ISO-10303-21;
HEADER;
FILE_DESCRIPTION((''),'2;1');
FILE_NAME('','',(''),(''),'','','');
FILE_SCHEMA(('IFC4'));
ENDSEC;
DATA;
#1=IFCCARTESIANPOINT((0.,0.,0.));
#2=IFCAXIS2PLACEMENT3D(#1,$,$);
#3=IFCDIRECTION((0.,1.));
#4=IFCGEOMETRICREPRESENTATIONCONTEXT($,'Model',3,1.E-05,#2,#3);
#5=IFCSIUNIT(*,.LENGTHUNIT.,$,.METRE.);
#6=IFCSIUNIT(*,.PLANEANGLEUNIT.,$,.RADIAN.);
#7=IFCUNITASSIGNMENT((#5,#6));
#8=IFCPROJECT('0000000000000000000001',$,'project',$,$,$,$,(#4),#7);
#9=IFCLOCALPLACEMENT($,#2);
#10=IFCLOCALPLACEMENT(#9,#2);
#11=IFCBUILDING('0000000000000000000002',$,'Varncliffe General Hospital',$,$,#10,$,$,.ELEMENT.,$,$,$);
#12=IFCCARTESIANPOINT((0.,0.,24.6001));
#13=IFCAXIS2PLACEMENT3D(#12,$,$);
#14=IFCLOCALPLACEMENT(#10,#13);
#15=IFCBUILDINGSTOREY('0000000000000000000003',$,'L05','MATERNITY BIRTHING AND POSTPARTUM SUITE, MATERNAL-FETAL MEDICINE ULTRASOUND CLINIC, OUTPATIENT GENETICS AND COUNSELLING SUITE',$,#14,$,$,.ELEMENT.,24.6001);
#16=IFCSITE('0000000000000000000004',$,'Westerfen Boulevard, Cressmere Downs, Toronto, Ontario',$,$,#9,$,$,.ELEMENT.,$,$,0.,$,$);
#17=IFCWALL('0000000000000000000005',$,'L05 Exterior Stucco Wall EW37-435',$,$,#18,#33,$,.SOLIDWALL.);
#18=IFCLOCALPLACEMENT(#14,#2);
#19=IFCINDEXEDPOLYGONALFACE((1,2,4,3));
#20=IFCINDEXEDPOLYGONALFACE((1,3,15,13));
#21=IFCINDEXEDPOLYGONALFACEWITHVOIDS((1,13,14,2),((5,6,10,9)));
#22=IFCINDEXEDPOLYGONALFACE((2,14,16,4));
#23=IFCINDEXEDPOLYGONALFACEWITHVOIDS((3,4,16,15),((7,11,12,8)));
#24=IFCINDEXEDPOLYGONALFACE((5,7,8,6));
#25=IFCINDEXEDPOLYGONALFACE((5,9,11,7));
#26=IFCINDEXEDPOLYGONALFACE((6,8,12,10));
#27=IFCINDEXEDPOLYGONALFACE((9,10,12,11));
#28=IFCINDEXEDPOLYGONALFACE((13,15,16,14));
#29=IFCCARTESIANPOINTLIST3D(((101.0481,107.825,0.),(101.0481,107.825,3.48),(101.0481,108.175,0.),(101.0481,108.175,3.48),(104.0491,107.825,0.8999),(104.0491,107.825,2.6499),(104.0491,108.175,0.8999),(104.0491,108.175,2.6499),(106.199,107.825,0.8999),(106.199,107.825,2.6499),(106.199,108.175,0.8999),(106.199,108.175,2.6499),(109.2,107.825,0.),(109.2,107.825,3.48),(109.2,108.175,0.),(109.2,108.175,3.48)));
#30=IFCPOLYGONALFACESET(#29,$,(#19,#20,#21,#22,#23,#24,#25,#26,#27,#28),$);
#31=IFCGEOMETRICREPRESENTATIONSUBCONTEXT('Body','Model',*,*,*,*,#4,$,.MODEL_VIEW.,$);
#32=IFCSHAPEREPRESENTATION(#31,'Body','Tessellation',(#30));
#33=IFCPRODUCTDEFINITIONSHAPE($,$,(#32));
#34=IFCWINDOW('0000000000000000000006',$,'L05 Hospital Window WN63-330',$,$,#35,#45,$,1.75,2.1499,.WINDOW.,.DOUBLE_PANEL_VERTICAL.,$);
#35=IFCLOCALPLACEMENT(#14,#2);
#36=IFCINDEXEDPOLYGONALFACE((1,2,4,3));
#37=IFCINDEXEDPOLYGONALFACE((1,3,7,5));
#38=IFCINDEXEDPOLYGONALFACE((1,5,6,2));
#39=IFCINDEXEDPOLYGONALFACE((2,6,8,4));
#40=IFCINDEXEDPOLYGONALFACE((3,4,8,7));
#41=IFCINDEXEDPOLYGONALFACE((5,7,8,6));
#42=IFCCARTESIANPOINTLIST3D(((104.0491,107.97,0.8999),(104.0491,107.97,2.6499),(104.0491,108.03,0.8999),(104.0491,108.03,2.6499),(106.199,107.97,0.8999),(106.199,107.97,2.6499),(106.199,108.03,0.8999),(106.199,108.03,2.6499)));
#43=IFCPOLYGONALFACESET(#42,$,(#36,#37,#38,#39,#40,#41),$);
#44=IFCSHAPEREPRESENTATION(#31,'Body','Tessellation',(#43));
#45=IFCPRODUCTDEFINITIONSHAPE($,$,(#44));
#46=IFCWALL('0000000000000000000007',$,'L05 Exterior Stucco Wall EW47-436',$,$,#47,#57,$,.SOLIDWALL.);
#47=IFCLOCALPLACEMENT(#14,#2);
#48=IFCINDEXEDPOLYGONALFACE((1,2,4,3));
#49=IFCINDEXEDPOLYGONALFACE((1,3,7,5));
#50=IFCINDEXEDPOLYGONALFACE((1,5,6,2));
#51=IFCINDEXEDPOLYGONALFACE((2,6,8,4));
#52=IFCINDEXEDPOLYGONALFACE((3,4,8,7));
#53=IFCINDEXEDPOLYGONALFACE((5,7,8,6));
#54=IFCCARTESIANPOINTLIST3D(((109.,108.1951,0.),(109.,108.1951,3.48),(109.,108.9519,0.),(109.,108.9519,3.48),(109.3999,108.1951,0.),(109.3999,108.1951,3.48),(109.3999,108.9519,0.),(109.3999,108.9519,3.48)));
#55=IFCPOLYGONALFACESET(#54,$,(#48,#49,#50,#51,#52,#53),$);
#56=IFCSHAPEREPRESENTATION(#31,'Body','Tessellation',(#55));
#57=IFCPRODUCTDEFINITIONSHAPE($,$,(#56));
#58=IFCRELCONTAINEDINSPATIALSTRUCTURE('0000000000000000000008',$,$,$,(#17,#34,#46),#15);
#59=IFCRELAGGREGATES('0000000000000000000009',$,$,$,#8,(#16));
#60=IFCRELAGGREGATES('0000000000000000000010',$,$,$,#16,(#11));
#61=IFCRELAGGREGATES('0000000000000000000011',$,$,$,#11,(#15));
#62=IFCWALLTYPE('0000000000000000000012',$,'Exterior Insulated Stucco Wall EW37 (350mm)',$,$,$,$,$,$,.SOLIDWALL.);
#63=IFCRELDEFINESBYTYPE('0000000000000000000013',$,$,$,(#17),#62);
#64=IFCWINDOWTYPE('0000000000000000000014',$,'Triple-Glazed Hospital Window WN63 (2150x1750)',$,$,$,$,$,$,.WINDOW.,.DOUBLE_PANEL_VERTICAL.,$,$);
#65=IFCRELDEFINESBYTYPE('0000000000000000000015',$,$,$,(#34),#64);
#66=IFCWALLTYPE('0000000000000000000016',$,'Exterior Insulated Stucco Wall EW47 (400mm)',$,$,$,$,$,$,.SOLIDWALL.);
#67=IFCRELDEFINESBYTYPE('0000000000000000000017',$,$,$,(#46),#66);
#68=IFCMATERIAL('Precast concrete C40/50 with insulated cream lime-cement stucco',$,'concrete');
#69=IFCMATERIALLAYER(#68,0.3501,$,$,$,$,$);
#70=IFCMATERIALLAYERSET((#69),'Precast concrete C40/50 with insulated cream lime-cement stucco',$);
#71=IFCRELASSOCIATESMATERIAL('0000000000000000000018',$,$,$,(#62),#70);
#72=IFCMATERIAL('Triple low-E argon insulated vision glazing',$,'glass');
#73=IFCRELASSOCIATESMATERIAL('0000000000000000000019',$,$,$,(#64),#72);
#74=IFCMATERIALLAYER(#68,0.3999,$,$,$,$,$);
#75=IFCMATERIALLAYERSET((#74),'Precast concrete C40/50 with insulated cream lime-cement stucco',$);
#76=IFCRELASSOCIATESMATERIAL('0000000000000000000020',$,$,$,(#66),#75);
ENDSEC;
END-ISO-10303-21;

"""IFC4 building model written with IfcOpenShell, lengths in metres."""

from ifc_helpers import new_model, si_unit, direction, frame, frame_2d, origin, place, context, subcontext, project, spatial, rectangle, extrude, material, layer, layer_set, type_object, element, fill, save


model = new_model("IFC4")

# Units and contexts
model_context = context("Model", 3, precision=1e-05, world=origin(), true_north=direction((0.0, 1.0)))
body_context = subcontext(model_context, "Body", "Model", "MODEL_VIEW")
ifc_project = project(units=[si_unit("LENGTHUNIT", "METRE"), si_unit("PLANEANGLEUNIT", "RADIAN")], contexts=[model_context])

# Site, building, storey
site_placement = place(None, origin())
site = spatial("IfcSite", under=ifc_project, at=site_placement, Name="Westerfen Boulevard, Cressmere Downs, Toronto, Ontario", CompositionType="ELEMENT", RefElevation=0.0)
building_placement = place(site_placement, origin())
building = spatial("IfcBuilding", under=site, at=building_placement, Name="Varncliffe General Hospital", CompositionType="ELEMENT")
storey_placement = place(building_placement, frame((0.0, 0.0, 24.6001)))
storey = spatial("IfcBuildingStorey", under=building, at=storey_placement, Name="L05", Description="MATERNITY BIRTHING AND POSTPARTUM SUITE, MATERNAL-FETAL MEDICINE ULTRASOUND CLINIC, OUTPATIENT GENETICS AND COUNSELLING SUITE", CompositionType="ELEMENT", Elevation=24.6001)

# Wall, opening, window
ifc_material_1 = material(Name="Precast concrete C40/50 with insulated cream lime-cement stucco", Category="concrete")
ifc_material_2 = material(Name="Triple low-E argon insulated vision glazing", Category="glass")
ifc_layer_1 = layer(ifc_material_1, 0.3501)
ifc_layer_set_1 = layer_set([ifc_layer_1], Name="Precast concrete C40/50 with insulated cream lime-cement stucco")
wall_type_1 = type_object("IfcWallType", Name="Exterior Insulated Stucco Wall EW37 (350mm)", PredefinedType="SOLIDWALL", material=ifc_layer_set_1)
wall_1_placement = place(storey_placement, frame((101.0481, 108.0, 0.0), z_axis=(0.0, 0.0, 1.0), x_axis=(1.0, 0.0, 0.0)))
wall_1 = element("IfcWall", 1, at=wall_1_placement, inside=storey, type_object=wall_type_1, Name="L05 Exterior Stucco Wall EW37-435", PredefinedType="SOLIDWALL", context=body_context, shape_type="SweptSolid", body=[
    extrude(rectangle(XDim=8.1519, YDim=0.3501, at=frame_2d((4.0759, 0.0))), origin(), (0.0, 0.0, 1.0), 3.48),
])
opening_1_placement = place(wall_1_placement, frame((3.001, 0.0, 0.8999)))
opening_1 = element("IfcOpeningElement", 2, at=opening_1_placement, cuts=wall_1, PredefinedType="OPENING", context=body_context, shape_type="SweptSolid", body=[
    extrude(rectangle(XDim=2.1499, YDim=1.75, at=frame_2d((1.075, 0.875))), frame((0.0, 0.1851, 0.0), z_axis=(0.0, -1.0, 0.0), x_axis=(1.0, 0.0, 0.0)), (0.0, 0.0, 1.0), 0.3701),
])
window_type_1 = type_object("IfcWindowType", Name="Triple-Glazed Hospital Window WN63 (2150x1750)", PartitioningType="DOUBLE_PANEL_VERTICAL", PredefinedType="WINDOW", material=ifc_material_2)
window_1_placement = place(opening_1_placement, origin())
window_1 = element("IfcWindow", 3, at=window_1_placement, inside=storey, type_object=window_type_1, Name="L05 Hospital Window WN63-330", OverallHeight=1.75, OverallWidth=2.1499, PartitioningType="DOUBLE_PANEL_VERTICAL", PredefinedType="WINDOW", context=body_context, shape_type="SweptSolid", body=[
    extrude(rectangle(XDim=2.1499, YDim=1.75, at=frame_2d((1.075, 0.875))), frame((0.0, 0.03, 0.0), z_axis=(0.0, -1.0, 0.0), x_axis=(1.0, 0.0, 0.0)), (0.0, 0.0, 1.0), 0.0601),
])
fill(opening_1, window_1)

# Wall
ifc_layer_2 = layer(ifc_material_1, 0.3999)
ifc_layer_set_2 = layer_set([ifc_layer_2], Name="Precast concrete C40/50 with insulated cream lime-cement stucco")
wall_type_2 = type_object("IfcWallType", Name="Exterior Insulated Stucco Wall EW47 (400mm)", PredefinedType="SOLIDWALL", material=ifc_layer_set_2)
wall_2_placement = place(storey_placement, frame((109.2, 108.1951, 0.0), z_axis=(0.0, 0.0, 1.0), x_axis=(0.0, 1.0, 0.0)))
element("IfcWall", 4, at=wall_2_placement, inside=storey, type_object=wall_type_2, Name="L05 Exterior Stucco Wall EW47-436", PredefinedType="SOLIDWALL", context=body_context, shape_type="SweptSolid", body=[
    extrude(rectangle(XDim=0.7568, YDim=0.3999, at=frame_2d((0.3784, 0.0))), origin(), (0.0, 0.0, 1.0), 3.48),
])

save(model, "model.ifc")
